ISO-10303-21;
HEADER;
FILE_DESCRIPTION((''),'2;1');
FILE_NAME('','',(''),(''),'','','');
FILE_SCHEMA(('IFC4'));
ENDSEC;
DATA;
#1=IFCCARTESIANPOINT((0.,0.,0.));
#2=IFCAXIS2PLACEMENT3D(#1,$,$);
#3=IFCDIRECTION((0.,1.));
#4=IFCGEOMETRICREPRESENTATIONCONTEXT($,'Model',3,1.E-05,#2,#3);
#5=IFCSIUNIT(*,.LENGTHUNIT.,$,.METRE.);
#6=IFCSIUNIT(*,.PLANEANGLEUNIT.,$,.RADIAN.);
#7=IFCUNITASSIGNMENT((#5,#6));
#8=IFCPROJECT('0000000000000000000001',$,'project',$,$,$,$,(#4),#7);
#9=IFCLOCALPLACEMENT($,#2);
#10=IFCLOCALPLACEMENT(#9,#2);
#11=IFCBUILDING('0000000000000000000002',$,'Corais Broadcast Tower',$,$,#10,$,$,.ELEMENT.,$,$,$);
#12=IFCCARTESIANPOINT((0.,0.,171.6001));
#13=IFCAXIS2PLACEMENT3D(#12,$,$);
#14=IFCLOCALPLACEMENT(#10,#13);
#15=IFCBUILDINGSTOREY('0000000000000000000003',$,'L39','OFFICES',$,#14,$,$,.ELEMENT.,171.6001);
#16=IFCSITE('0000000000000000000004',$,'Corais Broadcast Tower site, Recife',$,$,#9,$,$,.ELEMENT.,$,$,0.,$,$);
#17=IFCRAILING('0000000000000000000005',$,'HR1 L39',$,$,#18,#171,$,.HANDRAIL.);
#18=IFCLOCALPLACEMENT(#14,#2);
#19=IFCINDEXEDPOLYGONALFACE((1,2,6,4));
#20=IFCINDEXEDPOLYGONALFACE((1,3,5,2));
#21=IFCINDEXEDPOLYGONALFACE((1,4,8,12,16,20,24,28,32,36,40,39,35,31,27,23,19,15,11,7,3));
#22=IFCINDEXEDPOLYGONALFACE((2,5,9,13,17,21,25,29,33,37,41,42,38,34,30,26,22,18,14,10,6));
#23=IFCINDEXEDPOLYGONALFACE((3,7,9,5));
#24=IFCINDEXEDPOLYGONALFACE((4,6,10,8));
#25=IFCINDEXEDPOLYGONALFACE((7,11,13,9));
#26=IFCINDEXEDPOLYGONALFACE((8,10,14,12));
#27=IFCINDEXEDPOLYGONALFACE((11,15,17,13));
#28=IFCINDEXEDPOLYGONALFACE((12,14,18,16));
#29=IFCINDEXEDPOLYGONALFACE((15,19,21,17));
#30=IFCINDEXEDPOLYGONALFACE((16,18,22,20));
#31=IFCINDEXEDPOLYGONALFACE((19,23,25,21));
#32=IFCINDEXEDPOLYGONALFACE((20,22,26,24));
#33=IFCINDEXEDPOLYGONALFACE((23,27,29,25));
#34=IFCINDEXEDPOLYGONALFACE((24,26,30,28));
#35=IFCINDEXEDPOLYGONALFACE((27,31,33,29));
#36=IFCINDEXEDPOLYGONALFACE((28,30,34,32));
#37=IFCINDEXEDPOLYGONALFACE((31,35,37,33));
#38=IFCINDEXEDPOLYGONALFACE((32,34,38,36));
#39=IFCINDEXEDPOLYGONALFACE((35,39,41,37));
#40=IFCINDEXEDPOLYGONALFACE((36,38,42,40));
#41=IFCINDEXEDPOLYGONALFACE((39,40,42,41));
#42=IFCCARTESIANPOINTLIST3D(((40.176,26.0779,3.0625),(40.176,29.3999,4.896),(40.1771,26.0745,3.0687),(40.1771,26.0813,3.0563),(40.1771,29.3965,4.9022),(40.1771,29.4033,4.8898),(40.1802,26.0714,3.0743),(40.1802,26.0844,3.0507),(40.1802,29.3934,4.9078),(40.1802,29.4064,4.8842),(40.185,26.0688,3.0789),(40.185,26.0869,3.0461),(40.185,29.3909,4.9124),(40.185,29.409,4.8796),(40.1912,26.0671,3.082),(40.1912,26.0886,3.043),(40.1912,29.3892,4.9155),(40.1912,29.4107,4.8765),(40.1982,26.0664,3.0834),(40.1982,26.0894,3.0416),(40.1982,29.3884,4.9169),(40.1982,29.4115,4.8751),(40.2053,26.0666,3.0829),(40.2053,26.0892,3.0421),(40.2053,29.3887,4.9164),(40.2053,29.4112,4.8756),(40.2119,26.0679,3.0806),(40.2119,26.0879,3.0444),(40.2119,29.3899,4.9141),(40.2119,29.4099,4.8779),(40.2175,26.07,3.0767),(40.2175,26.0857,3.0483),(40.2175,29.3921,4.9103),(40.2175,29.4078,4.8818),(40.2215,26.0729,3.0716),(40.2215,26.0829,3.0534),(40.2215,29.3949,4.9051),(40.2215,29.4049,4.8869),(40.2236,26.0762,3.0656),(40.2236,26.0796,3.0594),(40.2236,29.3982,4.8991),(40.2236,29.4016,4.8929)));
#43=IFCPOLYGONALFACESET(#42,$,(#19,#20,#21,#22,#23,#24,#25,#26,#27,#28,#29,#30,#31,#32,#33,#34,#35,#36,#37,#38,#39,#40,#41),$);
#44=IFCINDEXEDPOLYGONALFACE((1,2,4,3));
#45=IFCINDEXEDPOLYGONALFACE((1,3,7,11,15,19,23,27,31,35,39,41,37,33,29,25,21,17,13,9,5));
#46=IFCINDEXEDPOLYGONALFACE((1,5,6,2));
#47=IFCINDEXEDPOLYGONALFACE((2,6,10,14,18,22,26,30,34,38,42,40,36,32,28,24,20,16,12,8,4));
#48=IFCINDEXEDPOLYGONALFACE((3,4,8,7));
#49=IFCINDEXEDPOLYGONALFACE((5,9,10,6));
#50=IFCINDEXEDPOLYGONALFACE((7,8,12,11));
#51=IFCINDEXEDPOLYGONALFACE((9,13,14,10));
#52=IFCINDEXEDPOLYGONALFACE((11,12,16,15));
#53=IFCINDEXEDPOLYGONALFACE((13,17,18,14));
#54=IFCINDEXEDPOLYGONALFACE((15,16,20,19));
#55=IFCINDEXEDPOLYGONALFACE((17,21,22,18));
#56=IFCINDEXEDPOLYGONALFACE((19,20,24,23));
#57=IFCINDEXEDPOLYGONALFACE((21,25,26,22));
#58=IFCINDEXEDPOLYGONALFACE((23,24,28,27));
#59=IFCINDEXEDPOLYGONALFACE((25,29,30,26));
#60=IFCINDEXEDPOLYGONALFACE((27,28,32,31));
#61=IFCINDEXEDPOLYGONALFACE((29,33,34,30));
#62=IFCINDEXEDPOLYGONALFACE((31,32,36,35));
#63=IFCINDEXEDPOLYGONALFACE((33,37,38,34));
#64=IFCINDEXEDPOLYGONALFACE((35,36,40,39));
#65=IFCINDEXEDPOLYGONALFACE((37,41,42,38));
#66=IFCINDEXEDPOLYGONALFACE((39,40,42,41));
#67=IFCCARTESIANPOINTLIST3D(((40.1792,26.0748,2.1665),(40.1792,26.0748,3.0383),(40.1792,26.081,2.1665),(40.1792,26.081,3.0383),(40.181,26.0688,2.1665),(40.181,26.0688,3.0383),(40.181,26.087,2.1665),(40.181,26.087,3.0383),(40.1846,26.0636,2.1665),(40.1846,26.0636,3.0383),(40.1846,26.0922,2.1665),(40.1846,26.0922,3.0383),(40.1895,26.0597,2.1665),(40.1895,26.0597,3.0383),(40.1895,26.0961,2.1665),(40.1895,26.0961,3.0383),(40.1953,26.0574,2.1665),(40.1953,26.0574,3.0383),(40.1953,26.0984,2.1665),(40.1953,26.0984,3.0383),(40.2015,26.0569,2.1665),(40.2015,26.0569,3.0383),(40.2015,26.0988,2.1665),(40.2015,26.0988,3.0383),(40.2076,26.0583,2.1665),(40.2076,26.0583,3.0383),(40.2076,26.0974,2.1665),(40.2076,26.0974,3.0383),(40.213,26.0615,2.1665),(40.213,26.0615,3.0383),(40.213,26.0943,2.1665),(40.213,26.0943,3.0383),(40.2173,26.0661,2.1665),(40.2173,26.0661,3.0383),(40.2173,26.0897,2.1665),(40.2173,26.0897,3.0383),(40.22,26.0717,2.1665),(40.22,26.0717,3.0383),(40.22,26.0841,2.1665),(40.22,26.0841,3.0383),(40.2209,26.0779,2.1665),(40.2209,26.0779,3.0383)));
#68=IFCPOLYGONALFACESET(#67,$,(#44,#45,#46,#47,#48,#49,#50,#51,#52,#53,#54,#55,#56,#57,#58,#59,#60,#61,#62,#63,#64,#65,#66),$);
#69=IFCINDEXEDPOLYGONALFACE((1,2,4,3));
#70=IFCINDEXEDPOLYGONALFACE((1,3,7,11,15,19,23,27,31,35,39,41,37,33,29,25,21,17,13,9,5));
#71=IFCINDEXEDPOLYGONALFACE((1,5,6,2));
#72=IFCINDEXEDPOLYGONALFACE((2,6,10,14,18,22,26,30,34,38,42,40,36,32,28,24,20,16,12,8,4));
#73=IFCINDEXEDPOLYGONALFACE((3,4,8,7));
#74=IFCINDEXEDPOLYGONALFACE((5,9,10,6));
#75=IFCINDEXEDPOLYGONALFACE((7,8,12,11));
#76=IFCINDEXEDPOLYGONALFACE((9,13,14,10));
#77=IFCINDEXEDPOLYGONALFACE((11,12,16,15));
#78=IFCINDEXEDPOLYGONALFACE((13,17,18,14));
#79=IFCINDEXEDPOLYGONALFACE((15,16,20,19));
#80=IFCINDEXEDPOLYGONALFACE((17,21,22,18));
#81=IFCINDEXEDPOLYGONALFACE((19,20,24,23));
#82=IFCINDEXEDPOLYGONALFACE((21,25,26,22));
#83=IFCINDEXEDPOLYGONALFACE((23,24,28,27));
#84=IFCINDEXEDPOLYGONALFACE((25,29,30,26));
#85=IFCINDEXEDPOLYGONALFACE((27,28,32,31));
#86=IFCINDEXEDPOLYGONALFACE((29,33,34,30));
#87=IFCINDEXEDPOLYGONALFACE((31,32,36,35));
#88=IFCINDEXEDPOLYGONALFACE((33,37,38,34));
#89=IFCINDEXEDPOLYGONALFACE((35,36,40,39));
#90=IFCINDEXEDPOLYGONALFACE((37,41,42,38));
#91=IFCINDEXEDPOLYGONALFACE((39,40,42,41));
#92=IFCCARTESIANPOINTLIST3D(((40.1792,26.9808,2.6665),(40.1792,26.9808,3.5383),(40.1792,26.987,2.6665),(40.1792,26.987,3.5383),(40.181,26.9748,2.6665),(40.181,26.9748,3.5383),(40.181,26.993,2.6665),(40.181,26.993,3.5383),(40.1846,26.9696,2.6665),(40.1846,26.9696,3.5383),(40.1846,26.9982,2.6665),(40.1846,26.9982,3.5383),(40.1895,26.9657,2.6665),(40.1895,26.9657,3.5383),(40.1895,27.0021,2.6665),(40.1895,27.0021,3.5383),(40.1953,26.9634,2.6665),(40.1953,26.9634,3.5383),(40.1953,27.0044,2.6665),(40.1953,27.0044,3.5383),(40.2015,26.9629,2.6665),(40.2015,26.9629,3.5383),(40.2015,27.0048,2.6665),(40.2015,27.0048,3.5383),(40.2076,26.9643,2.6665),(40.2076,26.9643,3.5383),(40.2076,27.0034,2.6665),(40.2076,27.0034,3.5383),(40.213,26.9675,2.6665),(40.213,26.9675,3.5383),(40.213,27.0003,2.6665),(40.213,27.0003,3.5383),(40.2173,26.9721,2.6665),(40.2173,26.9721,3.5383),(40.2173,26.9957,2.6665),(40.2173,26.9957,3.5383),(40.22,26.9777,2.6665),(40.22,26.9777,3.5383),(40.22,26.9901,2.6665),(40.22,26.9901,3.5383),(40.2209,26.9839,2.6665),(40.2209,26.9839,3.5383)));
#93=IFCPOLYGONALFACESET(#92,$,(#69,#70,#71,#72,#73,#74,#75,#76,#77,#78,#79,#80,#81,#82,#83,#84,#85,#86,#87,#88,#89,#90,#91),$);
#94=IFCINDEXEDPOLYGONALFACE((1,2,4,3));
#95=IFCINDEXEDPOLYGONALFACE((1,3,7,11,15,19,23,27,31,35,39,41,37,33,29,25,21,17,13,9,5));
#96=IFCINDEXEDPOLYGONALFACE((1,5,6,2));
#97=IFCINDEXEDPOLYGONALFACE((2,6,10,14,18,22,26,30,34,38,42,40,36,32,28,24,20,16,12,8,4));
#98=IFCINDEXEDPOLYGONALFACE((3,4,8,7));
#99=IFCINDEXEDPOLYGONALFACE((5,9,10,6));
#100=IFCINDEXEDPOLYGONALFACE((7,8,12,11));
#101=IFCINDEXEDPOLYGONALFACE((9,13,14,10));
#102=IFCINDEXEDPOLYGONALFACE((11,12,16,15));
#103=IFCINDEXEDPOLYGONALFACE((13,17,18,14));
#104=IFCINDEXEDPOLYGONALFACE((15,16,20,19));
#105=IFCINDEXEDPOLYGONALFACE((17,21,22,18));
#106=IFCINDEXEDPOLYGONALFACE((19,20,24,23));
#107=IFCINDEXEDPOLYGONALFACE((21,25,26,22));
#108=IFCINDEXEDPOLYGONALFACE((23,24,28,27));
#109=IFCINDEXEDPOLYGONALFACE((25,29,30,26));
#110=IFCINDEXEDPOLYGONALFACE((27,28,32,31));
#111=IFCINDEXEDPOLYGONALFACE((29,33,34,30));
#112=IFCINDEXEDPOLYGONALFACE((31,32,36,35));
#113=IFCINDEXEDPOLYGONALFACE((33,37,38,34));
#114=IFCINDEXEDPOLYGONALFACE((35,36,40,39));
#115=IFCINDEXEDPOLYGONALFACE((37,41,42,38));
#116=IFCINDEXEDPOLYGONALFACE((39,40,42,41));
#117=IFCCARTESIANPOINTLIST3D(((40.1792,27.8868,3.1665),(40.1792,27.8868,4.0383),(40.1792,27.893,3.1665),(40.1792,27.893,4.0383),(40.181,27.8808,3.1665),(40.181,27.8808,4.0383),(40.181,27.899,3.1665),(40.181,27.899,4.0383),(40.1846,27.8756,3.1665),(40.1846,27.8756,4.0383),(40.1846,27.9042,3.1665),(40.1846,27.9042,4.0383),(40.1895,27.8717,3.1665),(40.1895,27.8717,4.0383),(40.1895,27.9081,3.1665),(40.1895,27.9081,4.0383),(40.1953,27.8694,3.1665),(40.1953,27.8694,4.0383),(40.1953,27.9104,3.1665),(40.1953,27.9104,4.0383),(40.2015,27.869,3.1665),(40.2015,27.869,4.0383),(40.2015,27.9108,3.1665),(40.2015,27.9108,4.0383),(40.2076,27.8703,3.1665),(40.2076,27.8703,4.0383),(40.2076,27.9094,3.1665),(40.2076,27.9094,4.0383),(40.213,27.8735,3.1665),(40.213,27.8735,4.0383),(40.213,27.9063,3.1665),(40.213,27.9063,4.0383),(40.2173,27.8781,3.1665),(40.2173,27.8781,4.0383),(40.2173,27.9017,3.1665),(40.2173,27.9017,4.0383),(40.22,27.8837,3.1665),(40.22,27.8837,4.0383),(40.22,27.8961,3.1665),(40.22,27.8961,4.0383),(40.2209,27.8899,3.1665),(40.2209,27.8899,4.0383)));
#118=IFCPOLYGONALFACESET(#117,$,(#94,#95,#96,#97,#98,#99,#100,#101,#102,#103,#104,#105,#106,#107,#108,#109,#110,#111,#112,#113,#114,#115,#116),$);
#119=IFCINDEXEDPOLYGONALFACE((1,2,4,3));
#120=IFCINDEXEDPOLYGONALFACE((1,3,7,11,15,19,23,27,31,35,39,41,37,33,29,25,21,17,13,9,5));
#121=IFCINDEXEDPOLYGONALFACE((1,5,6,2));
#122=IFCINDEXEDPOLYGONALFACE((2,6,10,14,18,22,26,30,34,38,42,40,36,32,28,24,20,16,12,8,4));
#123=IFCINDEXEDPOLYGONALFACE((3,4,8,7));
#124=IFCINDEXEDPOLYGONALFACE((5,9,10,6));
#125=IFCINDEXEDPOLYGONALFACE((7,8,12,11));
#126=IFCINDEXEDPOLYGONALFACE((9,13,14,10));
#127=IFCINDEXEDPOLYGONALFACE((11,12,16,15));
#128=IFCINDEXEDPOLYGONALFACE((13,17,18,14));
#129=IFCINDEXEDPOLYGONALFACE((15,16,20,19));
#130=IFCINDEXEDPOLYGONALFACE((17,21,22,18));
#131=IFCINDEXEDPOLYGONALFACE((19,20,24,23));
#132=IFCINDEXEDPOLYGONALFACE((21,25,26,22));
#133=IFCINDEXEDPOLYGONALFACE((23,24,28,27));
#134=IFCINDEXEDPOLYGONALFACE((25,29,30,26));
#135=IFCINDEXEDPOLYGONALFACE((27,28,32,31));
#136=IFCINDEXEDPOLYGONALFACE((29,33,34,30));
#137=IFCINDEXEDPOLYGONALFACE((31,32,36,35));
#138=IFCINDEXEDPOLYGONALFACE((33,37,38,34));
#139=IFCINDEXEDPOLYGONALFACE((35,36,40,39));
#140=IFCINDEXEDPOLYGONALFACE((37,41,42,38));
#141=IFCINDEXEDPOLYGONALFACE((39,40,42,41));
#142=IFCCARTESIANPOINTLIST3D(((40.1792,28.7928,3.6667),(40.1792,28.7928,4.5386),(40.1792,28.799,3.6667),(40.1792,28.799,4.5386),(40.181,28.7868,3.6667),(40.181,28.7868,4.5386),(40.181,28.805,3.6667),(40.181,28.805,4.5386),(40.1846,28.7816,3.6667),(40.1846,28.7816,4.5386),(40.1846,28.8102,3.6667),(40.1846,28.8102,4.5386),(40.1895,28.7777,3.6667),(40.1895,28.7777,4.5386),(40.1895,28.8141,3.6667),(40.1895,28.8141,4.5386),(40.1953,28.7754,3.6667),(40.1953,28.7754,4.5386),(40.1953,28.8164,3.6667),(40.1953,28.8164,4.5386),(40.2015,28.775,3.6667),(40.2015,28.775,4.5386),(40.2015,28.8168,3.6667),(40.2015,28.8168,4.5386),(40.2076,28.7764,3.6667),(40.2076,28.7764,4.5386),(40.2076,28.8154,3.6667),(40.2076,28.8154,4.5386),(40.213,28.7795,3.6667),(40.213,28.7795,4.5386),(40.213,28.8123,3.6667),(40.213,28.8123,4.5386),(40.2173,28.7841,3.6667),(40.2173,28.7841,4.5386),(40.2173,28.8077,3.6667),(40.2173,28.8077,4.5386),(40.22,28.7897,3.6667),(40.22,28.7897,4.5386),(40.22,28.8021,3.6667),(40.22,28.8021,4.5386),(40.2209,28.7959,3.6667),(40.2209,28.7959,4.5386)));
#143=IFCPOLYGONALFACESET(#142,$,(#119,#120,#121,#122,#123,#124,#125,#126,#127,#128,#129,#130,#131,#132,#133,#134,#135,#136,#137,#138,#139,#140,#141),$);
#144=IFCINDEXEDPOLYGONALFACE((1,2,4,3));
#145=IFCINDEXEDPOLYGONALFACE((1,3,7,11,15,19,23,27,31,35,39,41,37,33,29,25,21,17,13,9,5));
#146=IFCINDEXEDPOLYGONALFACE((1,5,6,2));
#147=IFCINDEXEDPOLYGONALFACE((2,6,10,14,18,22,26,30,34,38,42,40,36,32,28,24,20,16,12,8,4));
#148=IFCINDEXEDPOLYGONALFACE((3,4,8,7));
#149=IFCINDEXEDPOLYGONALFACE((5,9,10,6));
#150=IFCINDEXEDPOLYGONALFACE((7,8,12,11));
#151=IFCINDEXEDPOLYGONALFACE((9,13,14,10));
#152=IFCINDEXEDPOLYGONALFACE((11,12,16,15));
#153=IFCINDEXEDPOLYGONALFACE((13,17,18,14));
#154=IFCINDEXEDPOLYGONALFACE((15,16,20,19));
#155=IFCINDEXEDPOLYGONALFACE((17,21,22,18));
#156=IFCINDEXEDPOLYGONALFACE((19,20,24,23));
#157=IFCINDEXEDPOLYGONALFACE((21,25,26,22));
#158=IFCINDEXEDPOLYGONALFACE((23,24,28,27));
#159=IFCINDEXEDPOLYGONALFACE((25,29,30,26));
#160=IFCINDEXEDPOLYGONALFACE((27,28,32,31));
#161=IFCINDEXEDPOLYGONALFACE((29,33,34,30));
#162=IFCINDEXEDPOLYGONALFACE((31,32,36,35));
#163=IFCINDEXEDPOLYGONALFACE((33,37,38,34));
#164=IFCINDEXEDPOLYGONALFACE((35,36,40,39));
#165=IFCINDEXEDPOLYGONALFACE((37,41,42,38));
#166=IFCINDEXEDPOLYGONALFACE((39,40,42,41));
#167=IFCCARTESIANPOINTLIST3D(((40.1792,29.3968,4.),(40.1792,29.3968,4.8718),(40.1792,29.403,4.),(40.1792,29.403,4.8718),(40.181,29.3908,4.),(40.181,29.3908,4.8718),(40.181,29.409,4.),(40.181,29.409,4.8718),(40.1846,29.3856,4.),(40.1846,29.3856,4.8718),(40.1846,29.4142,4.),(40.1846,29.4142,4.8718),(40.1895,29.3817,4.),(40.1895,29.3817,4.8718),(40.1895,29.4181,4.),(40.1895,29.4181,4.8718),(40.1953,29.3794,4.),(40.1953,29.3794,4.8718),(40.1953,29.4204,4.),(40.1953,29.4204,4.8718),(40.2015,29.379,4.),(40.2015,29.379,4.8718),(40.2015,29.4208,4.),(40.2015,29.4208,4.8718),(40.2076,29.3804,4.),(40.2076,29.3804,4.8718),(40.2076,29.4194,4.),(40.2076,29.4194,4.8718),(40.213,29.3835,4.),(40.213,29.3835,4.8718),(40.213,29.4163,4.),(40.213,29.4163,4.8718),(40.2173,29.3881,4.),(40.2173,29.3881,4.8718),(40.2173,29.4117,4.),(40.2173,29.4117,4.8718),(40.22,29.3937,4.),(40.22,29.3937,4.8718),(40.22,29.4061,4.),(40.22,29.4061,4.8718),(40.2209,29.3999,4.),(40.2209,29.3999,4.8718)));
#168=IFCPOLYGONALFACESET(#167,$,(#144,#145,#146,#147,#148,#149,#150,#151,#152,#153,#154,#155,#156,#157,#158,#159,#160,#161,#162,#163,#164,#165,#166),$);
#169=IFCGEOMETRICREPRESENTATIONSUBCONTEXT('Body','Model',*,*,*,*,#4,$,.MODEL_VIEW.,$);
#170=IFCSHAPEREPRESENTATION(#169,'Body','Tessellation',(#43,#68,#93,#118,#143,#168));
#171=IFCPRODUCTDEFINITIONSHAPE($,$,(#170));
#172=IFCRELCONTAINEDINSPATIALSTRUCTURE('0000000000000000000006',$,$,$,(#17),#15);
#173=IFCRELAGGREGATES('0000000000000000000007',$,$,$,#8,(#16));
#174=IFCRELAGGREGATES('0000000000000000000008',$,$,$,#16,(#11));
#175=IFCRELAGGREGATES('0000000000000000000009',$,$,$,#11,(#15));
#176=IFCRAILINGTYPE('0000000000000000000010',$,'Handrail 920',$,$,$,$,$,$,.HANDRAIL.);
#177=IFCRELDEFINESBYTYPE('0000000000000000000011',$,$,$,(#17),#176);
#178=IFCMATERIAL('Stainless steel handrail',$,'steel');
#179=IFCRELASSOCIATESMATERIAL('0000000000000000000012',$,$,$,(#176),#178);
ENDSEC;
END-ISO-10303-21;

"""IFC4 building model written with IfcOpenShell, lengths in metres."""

from ifc_helpers import new_model, si_unit, direction, frame, origin, origin_2d, place, context, subcontext, project, spatial, circle, extrude, material, type_object, element, save


model = new_model("IFC4")

# Units and contexts
model_context = context("Model", 3, precision=1e-05, world=origin(), true_north=direction((0.0, 1.0)))
body_context = subcontext(model_context, "Body", "Model", "MODEL_VIEW")
ifc_project = project(units=[si_unit("LENGTHUNIT", "METRE"), si_unit("PLANEANGLEUNIT", "RADIAN")], contexts=[model_context])

# Site, building, storey
site_placement = place(None, origin())
site = spatial("IfcSite", under=ifc_project, at=site_placement, Name="Corais Broadcast Tower site, Recife", CompositionType="ELEMENT", RefElevation=0.0)
building_placement = place(site_placement, origin())
building = spatial("IfcBuilding", under=site, at=building_placement, Name="Corais Broadcast Tower", CompositionType="ELEMENT")
storey_placement = place(building_placement, frame((0.0, 0.0, 171.6001)))
storey = spatial("IfcBuildingStorey", under=building, at=storey_placement, Name="L39", Description="OFFICES", CompositionType="ELEMENT", Elevation=171.6001)

# Railing
ifc_material_1 = material(Name="Stainless steel handrail", Category="steel")
railing_type = type_object("IfcRailingType", Name="Handrail 920", PredefinedType="HANDRAIL", material=ifc_material_1)
for number, where, name in (
    (1, (40.2, 26.0779, 2.1665), "HR1 L39"),
):
    element("IfcRailing", number, at=place(storey_placement, frame(where)), inside=storey, type_object=railing_type, Name=name, PredefinedType="HANDRAIL", context=body_context, shape_type="SweptSolid", body=[
        extrude(circle(Radius=0.0239, at=origin_2d()), frame((0.0, 0.0, 0.896), z_axis=(0.0, 0.875504, 0.48321), x_axis=(-1.0, 0.0, 0.0)), (0.0, 0.0, 1.0), 3.7944),
        extrude(circle(Radius=0.021, at=origin_2d()), origin(), (0.0, 0.0, 1.0), 0.8718),
        extrude(circle(Radius=0.021, at=origin_2d()), frame((0.0, 0.906, 0.5)), (0.0, 0.0, 1.0), 0.8718),
        extrude(circle(Radius=0.021, at=origin_2d()), frame((0.0, 1.812, 1.0)), (0.0, 0.0, 1.0), 0.8718),
        extrude(circle(Radius=0.021, at=origin_2d()), frame((0.0, 2.718, 1.5002)), (0.0, 0.0, 1.0), 0.8718),
        extrude(circle(Radius=0.021, at=origin_2d()), frame((0.0, 3.322, 1.8335)), (0.0, 0.0, 1.0), 0.8718),
    ])

save(model, "model.ifc")
